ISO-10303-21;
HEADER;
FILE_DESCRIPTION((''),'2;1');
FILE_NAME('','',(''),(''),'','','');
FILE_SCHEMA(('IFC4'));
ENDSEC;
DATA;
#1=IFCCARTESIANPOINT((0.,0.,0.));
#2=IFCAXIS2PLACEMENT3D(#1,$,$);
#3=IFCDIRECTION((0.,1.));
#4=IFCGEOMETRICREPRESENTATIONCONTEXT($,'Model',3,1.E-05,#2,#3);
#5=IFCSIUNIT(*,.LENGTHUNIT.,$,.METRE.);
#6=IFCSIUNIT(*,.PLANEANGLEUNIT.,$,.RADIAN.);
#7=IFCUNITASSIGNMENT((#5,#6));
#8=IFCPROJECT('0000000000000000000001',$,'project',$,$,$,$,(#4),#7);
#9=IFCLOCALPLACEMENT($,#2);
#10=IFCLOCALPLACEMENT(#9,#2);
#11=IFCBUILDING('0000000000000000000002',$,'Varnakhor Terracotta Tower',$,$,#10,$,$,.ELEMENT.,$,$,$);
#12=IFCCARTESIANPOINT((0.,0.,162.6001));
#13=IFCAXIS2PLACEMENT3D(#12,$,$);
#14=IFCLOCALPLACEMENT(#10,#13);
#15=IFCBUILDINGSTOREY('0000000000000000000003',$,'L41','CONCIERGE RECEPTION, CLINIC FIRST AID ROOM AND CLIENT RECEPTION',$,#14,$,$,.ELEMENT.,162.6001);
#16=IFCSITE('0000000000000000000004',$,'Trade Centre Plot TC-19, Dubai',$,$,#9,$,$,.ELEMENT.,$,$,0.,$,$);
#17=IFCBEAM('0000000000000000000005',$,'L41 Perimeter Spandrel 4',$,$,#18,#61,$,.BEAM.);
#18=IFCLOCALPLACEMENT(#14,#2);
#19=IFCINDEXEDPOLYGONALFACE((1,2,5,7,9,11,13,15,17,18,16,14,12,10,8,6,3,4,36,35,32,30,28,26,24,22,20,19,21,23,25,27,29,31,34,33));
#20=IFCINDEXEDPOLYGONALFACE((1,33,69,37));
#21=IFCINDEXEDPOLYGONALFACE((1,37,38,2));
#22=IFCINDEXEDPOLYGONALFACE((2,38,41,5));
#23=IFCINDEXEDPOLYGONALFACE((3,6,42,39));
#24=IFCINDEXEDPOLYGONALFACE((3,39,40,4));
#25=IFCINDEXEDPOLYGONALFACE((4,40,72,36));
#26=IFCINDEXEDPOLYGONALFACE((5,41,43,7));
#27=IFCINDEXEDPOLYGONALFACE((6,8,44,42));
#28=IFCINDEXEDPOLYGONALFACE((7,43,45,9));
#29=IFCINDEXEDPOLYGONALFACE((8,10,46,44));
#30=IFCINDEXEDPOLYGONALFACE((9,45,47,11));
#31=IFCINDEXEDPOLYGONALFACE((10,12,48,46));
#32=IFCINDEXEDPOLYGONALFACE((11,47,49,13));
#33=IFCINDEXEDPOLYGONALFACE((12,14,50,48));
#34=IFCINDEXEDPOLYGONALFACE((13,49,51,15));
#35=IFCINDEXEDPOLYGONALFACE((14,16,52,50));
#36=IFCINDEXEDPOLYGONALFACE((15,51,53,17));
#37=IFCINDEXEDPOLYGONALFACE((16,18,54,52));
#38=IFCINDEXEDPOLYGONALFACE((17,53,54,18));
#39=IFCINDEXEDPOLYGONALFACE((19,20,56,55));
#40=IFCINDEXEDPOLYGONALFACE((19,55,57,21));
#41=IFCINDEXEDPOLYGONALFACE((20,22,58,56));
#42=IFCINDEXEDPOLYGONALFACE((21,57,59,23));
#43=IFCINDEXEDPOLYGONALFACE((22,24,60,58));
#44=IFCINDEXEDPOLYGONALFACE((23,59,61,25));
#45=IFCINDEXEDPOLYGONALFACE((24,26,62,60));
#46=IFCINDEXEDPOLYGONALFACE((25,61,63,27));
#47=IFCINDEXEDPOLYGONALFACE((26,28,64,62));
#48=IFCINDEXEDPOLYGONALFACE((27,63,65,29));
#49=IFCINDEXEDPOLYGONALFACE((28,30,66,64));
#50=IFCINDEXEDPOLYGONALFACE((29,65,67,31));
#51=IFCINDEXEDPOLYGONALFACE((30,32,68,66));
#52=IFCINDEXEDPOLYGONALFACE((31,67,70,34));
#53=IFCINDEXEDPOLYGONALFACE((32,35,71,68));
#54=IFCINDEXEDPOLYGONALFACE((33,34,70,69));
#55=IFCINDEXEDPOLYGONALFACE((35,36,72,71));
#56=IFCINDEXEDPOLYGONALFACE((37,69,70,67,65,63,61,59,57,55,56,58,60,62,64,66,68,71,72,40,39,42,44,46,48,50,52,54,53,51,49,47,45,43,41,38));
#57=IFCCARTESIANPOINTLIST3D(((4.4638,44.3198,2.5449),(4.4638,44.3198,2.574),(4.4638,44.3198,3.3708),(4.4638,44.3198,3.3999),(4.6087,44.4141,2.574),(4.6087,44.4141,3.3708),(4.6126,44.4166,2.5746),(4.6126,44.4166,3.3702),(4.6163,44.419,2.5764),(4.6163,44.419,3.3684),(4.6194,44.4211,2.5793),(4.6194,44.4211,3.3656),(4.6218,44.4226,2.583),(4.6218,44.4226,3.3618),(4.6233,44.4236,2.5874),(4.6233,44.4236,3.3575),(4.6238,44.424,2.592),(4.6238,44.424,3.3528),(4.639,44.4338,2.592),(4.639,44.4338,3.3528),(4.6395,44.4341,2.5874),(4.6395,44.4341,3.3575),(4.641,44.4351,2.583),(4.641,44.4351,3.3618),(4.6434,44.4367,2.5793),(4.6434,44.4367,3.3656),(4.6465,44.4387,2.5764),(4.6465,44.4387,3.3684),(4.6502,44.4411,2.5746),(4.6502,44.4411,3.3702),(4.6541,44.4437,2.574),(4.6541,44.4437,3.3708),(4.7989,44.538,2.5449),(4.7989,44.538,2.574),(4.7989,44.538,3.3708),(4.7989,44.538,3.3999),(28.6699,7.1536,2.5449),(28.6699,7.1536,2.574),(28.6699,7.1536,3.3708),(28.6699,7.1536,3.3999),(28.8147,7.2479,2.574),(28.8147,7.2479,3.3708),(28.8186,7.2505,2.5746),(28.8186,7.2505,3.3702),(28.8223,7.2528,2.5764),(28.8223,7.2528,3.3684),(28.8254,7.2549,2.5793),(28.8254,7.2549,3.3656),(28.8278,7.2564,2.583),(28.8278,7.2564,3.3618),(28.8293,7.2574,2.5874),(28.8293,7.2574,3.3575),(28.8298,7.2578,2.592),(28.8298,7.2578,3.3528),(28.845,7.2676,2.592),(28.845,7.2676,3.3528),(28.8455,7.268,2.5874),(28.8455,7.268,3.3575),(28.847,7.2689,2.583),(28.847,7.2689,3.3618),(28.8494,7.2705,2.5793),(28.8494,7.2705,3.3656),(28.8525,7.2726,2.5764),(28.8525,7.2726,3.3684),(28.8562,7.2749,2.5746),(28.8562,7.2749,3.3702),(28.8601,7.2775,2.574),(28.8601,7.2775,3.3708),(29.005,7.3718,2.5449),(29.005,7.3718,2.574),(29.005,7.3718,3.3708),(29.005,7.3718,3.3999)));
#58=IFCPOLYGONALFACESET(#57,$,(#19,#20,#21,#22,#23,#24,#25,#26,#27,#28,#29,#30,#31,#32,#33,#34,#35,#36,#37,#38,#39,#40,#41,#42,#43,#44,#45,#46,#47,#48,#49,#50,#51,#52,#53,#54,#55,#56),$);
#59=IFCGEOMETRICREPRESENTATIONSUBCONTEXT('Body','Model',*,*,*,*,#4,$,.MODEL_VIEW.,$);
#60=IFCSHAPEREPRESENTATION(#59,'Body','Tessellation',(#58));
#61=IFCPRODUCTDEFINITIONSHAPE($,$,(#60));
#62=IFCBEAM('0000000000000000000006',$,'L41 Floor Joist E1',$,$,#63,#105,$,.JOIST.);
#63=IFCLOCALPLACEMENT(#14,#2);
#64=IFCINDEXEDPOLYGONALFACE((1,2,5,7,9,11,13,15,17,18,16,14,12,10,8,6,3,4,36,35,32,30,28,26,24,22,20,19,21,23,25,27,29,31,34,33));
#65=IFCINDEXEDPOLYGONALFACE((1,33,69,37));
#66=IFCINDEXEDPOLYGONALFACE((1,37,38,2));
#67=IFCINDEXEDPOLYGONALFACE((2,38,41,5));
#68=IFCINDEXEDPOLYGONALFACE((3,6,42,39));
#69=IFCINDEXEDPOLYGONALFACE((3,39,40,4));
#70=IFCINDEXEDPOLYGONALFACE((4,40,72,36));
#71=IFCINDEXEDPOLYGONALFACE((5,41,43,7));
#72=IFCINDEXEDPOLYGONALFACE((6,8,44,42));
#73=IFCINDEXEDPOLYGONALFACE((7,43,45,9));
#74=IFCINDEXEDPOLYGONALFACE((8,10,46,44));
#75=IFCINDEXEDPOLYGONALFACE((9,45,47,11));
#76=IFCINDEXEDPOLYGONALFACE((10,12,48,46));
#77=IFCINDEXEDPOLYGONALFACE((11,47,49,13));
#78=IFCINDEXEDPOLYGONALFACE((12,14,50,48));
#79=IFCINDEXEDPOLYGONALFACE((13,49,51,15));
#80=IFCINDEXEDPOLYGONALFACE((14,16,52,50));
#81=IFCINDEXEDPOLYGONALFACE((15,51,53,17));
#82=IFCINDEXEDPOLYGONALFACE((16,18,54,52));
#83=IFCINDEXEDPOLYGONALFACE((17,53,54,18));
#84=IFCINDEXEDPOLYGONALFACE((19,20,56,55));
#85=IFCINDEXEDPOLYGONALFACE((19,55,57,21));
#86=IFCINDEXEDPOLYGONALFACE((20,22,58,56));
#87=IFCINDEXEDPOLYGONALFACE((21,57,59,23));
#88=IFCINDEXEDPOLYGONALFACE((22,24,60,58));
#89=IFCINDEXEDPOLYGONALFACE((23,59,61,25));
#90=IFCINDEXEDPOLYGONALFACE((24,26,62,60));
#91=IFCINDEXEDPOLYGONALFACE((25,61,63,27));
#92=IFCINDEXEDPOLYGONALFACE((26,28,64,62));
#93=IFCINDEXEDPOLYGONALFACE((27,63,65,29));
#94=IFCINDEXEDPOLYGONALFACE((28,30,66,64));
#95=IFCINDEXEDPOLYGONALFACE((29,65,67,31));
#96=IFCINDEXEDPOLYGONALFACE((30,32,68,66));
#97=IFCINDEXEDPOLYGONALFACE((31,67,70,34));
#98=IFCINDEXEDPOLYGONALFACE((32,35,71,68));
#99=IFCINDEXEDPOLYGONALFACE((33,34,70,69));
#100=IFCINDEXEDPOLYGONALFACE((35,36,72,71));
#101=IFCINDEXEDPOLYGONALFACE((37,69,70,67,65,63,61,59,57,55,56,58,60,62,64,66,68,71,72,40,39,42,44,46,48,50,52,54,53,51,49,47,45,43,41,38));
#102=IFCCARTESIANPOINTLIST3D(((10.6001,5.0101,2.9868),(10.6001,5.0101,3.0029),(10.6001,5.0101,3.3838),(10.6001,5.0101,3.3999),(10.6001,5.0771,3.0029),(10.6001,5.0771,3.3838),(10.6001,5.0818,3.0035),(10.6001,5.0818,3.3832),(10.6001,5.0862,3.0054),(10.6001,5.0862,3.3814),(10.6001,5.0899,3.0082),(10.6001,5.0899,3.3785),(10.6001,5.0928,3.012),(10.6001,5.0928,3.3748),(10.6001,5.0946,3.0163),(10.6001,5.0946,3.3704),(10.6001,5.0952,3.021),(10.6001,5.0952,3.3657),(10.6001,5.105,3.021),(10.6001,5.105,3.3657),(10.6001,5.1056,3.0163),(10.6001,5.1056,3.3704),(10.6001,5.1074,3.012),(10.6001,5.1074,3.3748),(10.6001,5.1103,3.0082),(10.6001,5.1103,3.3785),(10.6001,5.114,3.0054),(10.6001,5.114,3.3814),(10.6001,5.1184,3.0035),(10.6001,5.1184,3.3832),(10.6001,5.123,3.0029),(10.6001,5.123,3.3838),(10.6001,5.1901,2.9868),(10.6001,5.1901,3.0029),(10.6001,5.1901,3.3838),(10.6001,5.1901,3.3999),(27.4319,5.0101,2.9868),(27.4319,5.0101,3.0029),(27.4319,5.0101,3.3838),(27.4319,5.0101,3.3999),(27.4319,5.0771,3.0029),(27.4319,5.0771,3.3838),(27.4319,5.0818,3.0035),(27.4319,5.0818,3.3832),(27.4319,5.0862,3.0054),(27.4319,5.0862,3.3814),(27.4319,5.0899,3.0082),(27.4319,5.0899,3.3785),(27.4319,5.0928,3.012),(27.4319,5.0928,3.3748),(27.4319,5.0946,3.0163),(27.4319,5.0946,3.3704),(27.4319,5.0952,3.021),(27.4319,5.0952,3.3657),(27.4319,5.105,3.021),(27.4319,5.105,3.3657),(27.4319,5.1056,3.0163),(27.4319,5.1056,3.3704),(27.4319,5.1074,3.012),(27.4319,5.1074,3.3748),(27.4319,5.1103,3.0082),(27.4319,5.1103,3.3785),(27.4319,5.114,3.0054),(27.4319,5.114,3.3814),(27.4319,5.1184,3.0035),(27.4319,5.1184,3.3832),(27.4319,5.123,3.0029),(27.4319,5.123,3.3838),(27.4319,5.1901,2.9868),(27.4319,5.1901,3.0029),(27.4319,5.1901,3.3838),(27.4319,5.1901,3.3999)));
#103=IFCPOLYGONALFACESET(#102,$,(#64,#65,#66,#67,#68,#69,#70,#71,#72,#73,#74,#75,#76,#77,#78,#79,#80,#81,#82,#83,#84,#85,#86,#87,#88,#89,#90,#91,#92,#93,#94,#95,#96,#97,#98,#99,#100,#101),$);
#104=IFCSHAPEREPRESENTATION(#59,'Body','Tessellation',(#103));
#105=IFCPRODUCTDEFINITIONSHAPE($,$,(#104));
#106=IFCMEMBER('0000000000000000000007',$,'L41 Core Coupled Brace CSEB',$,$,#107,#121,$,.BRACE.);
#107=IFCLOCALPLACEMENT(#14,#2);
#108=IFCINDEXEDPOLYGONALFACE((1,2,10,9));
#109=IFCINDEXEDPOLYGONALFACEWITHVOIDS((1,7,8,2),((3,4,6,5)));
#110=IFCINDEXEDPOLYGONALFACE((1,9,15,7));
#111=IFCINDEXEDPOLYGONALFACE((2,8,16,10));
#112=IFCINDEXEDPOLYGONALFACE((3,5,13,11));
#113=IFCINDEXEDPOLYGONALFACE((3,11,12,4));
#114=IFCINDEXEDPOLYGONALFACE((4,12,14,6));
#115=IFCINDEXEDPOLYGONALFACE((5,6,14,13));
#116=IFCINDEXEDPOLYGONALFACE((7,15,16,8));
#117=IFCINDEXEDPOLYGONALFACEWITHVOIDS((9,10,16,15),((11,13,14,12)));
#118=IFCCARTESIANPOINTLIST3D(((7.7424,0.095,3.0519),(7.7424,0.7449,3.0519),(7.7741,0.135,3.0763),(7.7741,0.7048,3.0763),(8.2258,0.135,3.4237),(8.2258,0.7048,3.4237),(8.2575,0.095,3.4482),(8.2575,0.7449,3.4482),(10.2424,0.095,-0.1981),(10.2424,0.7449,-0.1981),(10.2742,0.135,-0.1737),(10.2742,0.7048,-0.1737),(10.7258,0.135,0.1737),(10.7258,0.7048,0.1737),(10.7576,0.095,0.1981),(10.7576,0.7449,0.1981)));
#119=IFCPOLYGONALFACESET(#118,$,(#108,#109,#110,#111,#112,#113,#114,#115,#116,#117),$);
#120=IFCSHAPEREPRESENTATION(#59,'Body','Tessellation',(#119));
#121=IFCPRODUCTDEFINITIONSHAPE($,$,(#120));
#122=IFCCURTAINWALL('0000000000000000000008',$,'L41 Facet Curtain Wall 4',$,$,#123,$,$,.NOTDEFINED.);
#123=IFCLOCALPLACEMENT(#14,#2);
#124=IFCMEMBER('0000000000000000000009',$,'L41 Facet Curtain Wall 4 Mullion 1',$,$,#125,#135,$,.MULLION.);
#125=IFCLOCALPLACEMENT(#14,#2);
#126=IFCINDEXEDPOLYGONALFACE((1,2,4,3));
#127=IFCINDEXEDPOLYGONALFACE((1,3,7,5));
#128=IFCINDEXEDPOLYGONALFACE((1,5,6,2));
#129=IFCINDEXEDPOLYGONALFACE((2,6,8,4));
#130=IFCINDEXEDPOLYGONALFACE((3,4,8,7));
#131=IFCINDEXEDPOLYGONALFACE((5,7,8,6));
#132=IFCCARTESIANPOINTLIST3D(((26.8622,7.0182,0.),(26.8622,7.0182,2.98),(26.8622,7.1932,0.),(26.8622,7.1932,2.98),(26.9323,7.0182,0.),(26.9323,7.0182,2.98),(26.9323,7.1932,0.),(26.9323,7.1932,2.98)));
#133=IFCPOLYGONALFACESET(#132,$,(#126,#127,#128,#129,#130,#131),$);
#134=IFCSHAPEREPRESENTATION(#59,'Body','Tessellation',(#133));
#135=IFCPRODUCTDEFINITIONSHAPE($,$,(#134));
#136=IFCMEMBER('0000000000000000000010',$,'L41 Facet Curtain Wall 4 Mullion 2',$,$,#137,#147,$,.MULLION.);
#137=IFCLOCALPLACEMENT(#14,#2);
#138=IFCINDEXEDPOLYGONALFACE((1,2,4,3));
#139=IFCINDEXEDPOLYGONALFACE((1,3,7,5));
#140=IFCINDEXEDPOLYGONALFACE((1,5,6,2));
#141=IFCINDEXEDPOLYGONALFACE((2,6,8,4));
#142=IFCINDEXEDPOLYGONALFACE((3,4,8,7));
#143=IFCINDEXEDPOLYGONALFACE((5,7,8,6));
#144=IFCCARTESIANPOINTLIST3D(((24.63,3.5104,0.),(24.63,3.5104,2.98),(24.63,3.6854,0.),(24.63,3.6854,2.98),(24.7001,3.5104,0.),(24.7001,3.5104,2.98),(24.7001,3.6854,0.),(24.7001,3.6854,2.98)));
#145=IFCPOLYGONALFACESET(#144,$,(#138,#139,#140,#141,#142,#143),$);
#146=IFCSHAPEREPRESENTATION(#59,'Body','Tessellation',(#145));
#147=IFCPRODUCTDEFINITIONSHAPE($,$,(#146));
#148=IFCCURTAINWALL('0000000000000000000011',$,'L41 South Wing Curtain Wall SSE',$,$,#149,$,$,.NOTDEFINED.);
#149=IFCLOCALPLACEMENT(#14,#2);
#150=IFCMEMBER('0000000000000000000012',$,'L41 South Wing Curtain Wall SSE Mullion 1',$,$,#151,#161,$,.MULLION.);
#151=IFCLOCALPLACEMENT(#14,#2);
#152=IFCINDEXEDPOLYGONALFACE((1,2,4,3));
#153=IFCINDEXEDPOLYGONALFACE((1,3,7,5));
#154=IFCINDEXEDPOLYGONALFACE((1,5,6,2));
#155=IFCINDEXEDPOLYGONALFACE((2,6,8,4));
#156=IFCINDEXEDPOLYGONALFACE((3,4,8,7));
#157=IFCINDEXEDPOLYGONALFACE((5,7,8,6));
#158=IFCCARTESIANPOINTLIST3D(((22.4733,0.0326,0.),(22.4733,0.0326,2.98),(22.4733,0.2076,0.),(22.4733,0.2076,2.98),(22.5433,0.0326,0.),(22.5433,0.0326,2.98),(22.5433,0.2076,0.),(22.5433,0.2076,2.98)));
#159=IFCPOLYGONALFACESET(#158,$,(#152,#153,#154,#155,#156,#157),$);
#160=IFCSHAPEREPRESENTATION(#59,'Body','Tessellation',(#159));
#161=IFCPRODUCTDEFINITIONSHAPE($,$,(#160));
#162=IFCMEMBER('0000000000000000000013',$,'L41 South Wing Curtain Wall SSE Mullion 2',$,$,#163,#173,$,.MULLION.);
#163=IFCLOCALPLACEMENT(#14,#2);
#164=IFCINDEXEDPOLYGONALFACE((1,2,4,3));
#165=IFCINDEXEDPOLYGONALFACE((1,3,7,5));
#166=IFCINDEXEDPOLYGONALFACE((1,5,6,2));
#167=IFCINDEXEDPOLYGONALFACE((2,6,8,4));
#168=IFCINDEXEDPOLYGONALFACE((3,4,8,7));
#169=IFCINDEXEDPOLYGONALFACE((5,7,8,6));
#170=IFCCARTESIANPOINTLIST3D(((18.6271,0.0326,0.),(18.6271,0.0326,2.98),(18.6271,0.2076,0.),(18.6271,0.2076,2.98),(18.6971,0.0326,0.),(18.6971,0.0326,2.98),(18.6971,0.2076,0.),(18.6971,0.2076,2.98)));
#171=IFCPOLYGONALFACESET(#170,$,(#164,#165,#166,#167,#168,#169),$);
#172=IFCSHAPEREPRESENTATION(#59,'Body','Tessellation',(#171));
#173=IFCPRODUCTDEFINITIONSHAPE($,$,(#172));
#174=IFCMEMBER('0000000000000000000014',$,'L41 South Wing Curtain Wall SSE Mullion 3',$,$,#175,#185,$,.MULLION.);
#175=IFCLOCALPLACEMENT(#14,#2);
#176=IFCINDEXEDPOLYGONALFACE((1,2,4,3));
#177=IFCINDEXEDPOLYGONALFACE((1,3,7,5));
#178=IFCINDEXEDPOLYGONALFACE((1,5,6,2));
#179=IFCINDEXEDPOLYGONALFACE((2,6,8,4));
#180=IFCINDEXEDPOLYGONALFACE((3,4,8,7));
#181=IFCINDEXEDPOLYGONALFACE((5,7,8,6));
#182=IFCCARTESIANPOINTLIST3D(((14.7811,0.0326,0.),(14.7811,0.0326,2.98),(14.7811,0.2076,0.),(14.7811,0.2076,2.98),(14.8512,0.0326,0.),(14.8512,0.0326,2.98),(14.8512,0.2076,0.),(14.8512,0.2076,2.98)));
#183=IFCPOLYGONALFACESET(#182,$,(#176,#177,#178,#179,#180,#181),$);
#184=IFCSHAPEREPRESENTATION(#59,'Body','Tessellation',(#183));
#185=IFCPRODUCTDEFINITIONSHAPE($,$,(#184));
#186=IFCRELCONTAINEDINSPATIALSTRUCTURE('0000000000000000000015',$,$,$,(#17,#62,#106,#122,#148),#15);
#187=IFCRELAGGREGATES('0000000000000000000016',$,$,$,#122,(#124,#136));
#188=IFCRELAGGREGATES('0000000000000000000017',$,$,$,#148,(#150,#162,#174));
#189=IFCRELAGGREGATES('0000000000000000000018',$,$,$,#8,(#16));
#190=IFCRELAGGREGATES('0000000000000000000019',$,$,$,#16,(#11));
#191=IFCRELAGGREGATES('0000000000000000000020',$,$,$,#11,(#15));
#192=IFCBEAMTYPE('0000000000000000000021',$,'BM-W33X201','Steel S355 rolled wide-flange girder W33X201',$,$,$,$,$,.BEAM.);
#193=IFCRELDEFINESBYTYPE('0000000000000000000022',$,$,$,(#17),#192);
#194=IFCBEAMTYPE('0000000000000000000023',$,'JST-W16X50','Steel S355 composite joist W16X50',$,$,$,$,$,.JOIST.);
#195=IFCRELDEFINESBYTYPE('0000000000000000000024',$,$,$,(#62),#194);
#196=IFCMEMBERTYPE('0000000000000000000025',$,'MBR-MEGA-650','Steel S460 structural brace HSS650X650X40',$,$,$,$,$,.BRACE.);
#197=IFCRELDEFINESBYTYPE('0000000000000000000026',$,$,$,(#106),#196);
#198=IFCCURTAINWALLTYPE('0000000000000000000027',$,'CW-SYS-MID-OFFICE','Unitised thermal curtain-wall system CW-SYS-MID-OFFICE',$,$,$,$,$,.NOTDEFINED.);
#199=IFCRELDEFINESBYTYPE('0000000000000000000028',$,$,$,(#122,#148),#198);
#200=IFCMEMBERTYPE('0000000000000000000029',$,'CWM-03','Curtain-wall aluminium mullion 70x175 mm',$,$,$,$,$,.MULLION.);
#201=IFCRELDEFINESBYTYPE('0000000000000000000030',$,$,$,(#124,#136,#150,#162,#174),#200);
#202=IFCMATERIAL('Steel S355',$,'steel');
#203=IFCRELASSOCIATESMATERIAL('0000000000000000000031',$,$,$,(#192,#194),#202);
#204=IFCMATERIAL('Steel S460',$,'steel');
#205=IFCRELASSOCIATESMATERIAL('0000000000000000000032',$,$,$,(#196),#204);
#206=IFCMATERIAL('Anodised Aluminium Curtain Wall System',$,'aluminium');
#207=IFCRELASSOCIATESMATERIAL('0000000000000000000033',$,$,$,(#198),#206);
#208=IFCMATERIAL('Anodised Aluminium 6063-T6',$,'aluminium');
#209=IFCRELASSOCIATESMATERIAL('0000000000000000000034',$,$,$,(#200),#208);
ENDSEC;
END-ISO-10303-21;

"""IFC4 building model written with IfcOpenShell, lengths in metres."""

from ifc_helpers import new_model, si_unit, direction, frame, origin, origin_2d, place, context, subcontext, project, spatial, rectangle, hollow_rectangle, i_section, extrude, source, transform, mapped, material, material_profile, profile_set, type_object, element, aggregate, save


model = new_model("IFC4")

# Units and contexts
model_context = context("Model", 3, precision=1e-05, world=origin(), true_north=direction((0.0, 1.0)))
body_context = subcontext(model_context, "Body", "Model", "MODEL_VIEW")
ifc_project = project(units=[si_unit("LENGTHUNIT", "METRE"), si_unit("PLANEANGLEUNIT", "RADIAN")], contexts=[model_context])

# Site, building, storey
site_placement = place(None, origin())
site = spatial("IfcSite", under=ifc_project, at=site_placement, Name="Trade Centre Plot TC-19, Dubai", CompositionType="ELEMENT", RefElevation=0.0)
building_placement = place(site_placement, origin())
building = spatial("IfcBuilding", under=site, at=building_placement, Name="Varnakhor Terracotta Tower", CompositionType="ELEMENT")
storey_placement = place(building_placement, frame((0.0, 0.0, 162.6001)))
storey = spatial("IfcBuildingStorey", under=building, at=storey_placement, Name="L41", Description="CONCIERGE RECEPTION, CLINIC FIRST AID ROOM AND CLIENT RECEPTION", CompositionType="ELEMENT", Elevation=162.6001)

# Shared definitions
ifc_material_1 = material(Name="Steel S460", Category="steel")

# Beams
ifc_material_2 = material(Name="Steel S355", Category="steel")
ifc_material_profile_1 = material_profile(ifc_material_2, i_section(OverallWidth=0.3999, OverallDepth=0.855, WebThickness=0.0181, FlangeThickness=0.0291, FilletRadius=0.0181, at=origin_2d()), Name="W33X201")
ifc_profile_set_1 = profile_set([ifc_material_profile_1], Name="Steel S355")
beam_type_1 = type_object("IfcBeamType", Name="BM-W33X201", Description="Steel S355 rolled wide-flange girder W33X201", PredefinedType="BEAM", material=ifc_profile_set_1)
shared_shape_1 = source(origin(), body_context, "Body", "SweptSolid", [
    extrude(i_section(OverallWidth=0.3999, OverallDepth=0.855, WebThickness=0.0181, FlangeThickness=0.0291, FilletRadius=0.0181, at=origin_2d()), origin(), (0.0, 0.0, 1.0), 44.3538),
])
beam_1_placement = place(storey_placement, frame((28.8374, 7.2627, 2.9724), z_axis=(-0.545749, 0.837949, 0.0), x_axis=(-0.837949, -0.545749, 0.0)))
element("IfcBeam", 1, at=beam_1_placement, inside=storey, type_object=beam_type_1, Name="L41 Perimeter Spandrel 4", PredefinedType="BEAM", context=body_context, shape_type="MappedRepresentation", body=[
    mapped(shared_shape_1, transform((0.0, 0.0, 0.0), scale=1.0)),
])
ifc_material_profile_2 = material_profile(ifc_material_2, i_section(OverallWidth=0.1799, OverallDepth=0.4131, WebThickness=0.0098, FlangeThickness=0.0161, FilletRadius=0.0181, at=origin_2d()), Name="W16X50")
ifc_profile_set_2 = profile_set([ifc_material_profile_2], Name="Steel S355")
beam_type_2 = type_object("IfcBeamType", Name="JST-W16X50", Description="Steel S355 composite joist W16X50", PredefinedType="JOIST", material=ifc_profile_set_2)
shared_shape_2 = source(origin(), body_context, "Body", "SweptSolid", [
    extrude(i_section(OverallWidth=0.1799, OverallDepth=0.4131, WebThickness=0.0098, FlangeThickness=0.0161, FilletRadius=0.0181, at=origin_2d()), origin(), (0.0, 0.0, 1.0), 16.8318),
])
beam_2_placement = place(storey_placement, frame((10.6001, 5.1001, 3.1934), z_axis=(1.0, 0.0, 0.0), x_axis=(0.0, 1.0, 0.0)))
element("IfcBeam", 2, at=beam_2_placement, inside=storey, type_object=beam_type_2, Name="L41 Floor Joist E1", PredefinedType="JOIST", context=body_context, shape_type="MappedRepresentation", body=[
    mapped(shared_shape_2, transform((0.0, 0.0, 0.0), scale=1.0)),
])

# Member
ifc_material_profile_3 = material_profile(ifc_material_1, hollow_rectangle(XDim=0.6499, YDim=0.6499, WallThickness=0.04, at=origin_2d()), Name="HSS650X650X40")
ifc_profile_set_3 = profile_set([ifc_material_profile_3], Name="Steel S460")
member_type_1 = type_object("IfcMemberType", Name="MBR-MEGA-650", Description="Steel S460 structural brace HSS650X650X40", PredefinedType="BRACE", material=ifc_profile_set_3)
shared_shape_3 = source(origin(), body_context, "Body", "SweptSolid", [
    extrude(hollow_rectangle(XDim=0.6499, YDim=0.6499, WallThickness=0.04, at=origin_2d()), origin(), (0.0, 0.0, 1.0), 4.1003),
])
member_1_placement = place(storey_placement, frame((10.5, 0.4199, 0.0), z_axis=(-0.609711, 0.0, 0.792624), x_axis=(0.0, -1.0, 0.0)))
element("IfcMember", 3, at=member_1_placement, inside=storey, type_object=member_type_1, Name="L41 Core Coupled Brace CSEB", PredefinedType="BRACE", context=body_context, shape_type="MappedRepresentation", body=[
    mapped(shared_shape_3, transform((0.0, 0.0, 0.0), scale=1.0)),
])

# Curtain walls, members
ifc_material_3 = material(Name="Anodised Aluminium Curtain Wall System", Category="aluminium")
curtain_wall_type = type_object("IfcCurtainWallType", Name="CW-SYS-MID-OFFICE", Description="Unitised thermal curtain-wall system CW-SYS-MID-OFFICE", PredefinedType="NOTDEFINED", material=ifc_material_3)
curtain_wall_1_placement = place(storey_placement, origin())
curtain_wall_1 = element("IfcCurtainWall", 4, at=curtain_wall_1_placement, inside=storey, type_object=curtain_wall_type, Name="L41 Facet Curtain Wall 4", PredefinedType="NOTDEFINED")
ifc_material_4 = material(Name="Anodised Aluminium 6063-T6", Category="aluminium")
ifc_material_profile_4 = material_profile(ifc_material_4, rectangle(XDim=0.0701, YDim=0.175, at=origin_2d()), Name="ALU MULLION 70x175")
ifc_profile_set_4 = profile_set([ifc_material_profile_4], Name="Anodised Aluminium 6063-T6")
member_type_2 = type_object("IfcMemberType", Name="CWM-03", Description="Curtain-wall aluminium mullion 70x175 mm", PredefinedType="MULLION", material=ifc_profile_set_4)
shared_shape_4 = source(origin(), body_context, "Body", "SweptSolid", [
    extrude(rectangle(XDim=0.0701, YDim=0.175, at=origin_2d()), origin(), (0.0, 0.0, 1.0), 2.98),
])
member_2_placement = place(storey_placement, frame((26.8972, 7.1057, 0.0), z_axis=(0.0, 0.0, 1.0), x_axis=(1.0, 0.0, 0.0)))
member_2 = element("IfcMember", 5, at=member_2_placement, type_object=member_type_2, Name="L41 Facet Curtain Wall 4 Mullion 1", PredefinedType="MULLION", context=body_context, shape_type="MappedRepresentation", body=[
    mapped(shared_shape_4, transform((0.0, 0.0, 0.0), scale=1.0)),
])
member_3_placement = place(storey_placement, frame((24.665, 3.5979, 0.0), z_axis=(0.0, 0.0, 1.0), x_axis=(1.0, 0.0, 0.0)))
member_3 = element("IfcMember", 6, at=member_3_placement, type_object=member_type_2, Name="L41 Facet Curtain Wall 4 Mullion 2", PredefinedType="MULLION", context=body_context, shape_type="MappedRepresentation", body=[
    mapped(shared_shape_4, transform((0.0, 0.0, 0.0), scale=1.0)),
])
curtain_wall_2_placement = place(storey_placement, origin())
curtain_wall_2 = element("IfcCurtainWall", 7, at=curtain_wall_2_placement, inside=storey, type_object=curtain_wall_type, Name="L41 South Wing Curtain Wall SSE", PredefinedType="NOTDEFINED")
member_4_placement = place(storey_placement, frame((22.5083, 0.1201, 0.0), z_axis=(0.0, 0.0, 1.0), x_axis=(1.0, 0.0, 0.0)))
member_4 = element("IfcMember", 8, at=member_4_placement, type_object=member_type_2, Name="L41 South Wing Curtain Wall SSE Mullion 1", PredefinedType="MULLION", context=body_context, shape_type="MappedRepresentation", body=[
    mapped(shared_shape_4, transform((0.0, 0.0, 0.0), scale=1.0)),
])
member_5_placement = place(storey_placement, frame((18.6621, 0.1201, 0.0), z_axis=(0.0, 0.0, 1.0), x_axis=(1.0, 0.0, 0.0)))
member_5 = element("IfcMember", 9, at=member_5_placement, type_object=member_type_2, Name="L41 South Wing Curtain Wall SSE Mullion 2", PredefinedType="MULLION", context=body_context, shape_type="MappedRepresentation", body=[
    mapped(shared_shape_4, transform((0.0, 0.0, 0.0), scale=1.0)),
])
member_6_placement = place(storey_placement, frame((14.8162, 0.1201, 0.0), z_axis=(0.0, 0.0, 1.0), x_axis=(1.0, 0.0, 0.0)))
member_6 = element("IfcMember", 10, at=member_6_placement, type_object=member_type_2, Name="L41 South Wing Curtain Wall SSE Mullion 3", PredefinedType="MULLION", context=body_context, shape_type="MappedRepresentation", body=[
    mapped(shared_shape_4, transform((0.0, 0.0, 0.0), scale=1.0)),
])

aggregate(curtain_wall_1, [member_2, member_3])
aggregate(curtain_wall_2, [member_4, member_5, member_6])

save(model, "model.ifc")
